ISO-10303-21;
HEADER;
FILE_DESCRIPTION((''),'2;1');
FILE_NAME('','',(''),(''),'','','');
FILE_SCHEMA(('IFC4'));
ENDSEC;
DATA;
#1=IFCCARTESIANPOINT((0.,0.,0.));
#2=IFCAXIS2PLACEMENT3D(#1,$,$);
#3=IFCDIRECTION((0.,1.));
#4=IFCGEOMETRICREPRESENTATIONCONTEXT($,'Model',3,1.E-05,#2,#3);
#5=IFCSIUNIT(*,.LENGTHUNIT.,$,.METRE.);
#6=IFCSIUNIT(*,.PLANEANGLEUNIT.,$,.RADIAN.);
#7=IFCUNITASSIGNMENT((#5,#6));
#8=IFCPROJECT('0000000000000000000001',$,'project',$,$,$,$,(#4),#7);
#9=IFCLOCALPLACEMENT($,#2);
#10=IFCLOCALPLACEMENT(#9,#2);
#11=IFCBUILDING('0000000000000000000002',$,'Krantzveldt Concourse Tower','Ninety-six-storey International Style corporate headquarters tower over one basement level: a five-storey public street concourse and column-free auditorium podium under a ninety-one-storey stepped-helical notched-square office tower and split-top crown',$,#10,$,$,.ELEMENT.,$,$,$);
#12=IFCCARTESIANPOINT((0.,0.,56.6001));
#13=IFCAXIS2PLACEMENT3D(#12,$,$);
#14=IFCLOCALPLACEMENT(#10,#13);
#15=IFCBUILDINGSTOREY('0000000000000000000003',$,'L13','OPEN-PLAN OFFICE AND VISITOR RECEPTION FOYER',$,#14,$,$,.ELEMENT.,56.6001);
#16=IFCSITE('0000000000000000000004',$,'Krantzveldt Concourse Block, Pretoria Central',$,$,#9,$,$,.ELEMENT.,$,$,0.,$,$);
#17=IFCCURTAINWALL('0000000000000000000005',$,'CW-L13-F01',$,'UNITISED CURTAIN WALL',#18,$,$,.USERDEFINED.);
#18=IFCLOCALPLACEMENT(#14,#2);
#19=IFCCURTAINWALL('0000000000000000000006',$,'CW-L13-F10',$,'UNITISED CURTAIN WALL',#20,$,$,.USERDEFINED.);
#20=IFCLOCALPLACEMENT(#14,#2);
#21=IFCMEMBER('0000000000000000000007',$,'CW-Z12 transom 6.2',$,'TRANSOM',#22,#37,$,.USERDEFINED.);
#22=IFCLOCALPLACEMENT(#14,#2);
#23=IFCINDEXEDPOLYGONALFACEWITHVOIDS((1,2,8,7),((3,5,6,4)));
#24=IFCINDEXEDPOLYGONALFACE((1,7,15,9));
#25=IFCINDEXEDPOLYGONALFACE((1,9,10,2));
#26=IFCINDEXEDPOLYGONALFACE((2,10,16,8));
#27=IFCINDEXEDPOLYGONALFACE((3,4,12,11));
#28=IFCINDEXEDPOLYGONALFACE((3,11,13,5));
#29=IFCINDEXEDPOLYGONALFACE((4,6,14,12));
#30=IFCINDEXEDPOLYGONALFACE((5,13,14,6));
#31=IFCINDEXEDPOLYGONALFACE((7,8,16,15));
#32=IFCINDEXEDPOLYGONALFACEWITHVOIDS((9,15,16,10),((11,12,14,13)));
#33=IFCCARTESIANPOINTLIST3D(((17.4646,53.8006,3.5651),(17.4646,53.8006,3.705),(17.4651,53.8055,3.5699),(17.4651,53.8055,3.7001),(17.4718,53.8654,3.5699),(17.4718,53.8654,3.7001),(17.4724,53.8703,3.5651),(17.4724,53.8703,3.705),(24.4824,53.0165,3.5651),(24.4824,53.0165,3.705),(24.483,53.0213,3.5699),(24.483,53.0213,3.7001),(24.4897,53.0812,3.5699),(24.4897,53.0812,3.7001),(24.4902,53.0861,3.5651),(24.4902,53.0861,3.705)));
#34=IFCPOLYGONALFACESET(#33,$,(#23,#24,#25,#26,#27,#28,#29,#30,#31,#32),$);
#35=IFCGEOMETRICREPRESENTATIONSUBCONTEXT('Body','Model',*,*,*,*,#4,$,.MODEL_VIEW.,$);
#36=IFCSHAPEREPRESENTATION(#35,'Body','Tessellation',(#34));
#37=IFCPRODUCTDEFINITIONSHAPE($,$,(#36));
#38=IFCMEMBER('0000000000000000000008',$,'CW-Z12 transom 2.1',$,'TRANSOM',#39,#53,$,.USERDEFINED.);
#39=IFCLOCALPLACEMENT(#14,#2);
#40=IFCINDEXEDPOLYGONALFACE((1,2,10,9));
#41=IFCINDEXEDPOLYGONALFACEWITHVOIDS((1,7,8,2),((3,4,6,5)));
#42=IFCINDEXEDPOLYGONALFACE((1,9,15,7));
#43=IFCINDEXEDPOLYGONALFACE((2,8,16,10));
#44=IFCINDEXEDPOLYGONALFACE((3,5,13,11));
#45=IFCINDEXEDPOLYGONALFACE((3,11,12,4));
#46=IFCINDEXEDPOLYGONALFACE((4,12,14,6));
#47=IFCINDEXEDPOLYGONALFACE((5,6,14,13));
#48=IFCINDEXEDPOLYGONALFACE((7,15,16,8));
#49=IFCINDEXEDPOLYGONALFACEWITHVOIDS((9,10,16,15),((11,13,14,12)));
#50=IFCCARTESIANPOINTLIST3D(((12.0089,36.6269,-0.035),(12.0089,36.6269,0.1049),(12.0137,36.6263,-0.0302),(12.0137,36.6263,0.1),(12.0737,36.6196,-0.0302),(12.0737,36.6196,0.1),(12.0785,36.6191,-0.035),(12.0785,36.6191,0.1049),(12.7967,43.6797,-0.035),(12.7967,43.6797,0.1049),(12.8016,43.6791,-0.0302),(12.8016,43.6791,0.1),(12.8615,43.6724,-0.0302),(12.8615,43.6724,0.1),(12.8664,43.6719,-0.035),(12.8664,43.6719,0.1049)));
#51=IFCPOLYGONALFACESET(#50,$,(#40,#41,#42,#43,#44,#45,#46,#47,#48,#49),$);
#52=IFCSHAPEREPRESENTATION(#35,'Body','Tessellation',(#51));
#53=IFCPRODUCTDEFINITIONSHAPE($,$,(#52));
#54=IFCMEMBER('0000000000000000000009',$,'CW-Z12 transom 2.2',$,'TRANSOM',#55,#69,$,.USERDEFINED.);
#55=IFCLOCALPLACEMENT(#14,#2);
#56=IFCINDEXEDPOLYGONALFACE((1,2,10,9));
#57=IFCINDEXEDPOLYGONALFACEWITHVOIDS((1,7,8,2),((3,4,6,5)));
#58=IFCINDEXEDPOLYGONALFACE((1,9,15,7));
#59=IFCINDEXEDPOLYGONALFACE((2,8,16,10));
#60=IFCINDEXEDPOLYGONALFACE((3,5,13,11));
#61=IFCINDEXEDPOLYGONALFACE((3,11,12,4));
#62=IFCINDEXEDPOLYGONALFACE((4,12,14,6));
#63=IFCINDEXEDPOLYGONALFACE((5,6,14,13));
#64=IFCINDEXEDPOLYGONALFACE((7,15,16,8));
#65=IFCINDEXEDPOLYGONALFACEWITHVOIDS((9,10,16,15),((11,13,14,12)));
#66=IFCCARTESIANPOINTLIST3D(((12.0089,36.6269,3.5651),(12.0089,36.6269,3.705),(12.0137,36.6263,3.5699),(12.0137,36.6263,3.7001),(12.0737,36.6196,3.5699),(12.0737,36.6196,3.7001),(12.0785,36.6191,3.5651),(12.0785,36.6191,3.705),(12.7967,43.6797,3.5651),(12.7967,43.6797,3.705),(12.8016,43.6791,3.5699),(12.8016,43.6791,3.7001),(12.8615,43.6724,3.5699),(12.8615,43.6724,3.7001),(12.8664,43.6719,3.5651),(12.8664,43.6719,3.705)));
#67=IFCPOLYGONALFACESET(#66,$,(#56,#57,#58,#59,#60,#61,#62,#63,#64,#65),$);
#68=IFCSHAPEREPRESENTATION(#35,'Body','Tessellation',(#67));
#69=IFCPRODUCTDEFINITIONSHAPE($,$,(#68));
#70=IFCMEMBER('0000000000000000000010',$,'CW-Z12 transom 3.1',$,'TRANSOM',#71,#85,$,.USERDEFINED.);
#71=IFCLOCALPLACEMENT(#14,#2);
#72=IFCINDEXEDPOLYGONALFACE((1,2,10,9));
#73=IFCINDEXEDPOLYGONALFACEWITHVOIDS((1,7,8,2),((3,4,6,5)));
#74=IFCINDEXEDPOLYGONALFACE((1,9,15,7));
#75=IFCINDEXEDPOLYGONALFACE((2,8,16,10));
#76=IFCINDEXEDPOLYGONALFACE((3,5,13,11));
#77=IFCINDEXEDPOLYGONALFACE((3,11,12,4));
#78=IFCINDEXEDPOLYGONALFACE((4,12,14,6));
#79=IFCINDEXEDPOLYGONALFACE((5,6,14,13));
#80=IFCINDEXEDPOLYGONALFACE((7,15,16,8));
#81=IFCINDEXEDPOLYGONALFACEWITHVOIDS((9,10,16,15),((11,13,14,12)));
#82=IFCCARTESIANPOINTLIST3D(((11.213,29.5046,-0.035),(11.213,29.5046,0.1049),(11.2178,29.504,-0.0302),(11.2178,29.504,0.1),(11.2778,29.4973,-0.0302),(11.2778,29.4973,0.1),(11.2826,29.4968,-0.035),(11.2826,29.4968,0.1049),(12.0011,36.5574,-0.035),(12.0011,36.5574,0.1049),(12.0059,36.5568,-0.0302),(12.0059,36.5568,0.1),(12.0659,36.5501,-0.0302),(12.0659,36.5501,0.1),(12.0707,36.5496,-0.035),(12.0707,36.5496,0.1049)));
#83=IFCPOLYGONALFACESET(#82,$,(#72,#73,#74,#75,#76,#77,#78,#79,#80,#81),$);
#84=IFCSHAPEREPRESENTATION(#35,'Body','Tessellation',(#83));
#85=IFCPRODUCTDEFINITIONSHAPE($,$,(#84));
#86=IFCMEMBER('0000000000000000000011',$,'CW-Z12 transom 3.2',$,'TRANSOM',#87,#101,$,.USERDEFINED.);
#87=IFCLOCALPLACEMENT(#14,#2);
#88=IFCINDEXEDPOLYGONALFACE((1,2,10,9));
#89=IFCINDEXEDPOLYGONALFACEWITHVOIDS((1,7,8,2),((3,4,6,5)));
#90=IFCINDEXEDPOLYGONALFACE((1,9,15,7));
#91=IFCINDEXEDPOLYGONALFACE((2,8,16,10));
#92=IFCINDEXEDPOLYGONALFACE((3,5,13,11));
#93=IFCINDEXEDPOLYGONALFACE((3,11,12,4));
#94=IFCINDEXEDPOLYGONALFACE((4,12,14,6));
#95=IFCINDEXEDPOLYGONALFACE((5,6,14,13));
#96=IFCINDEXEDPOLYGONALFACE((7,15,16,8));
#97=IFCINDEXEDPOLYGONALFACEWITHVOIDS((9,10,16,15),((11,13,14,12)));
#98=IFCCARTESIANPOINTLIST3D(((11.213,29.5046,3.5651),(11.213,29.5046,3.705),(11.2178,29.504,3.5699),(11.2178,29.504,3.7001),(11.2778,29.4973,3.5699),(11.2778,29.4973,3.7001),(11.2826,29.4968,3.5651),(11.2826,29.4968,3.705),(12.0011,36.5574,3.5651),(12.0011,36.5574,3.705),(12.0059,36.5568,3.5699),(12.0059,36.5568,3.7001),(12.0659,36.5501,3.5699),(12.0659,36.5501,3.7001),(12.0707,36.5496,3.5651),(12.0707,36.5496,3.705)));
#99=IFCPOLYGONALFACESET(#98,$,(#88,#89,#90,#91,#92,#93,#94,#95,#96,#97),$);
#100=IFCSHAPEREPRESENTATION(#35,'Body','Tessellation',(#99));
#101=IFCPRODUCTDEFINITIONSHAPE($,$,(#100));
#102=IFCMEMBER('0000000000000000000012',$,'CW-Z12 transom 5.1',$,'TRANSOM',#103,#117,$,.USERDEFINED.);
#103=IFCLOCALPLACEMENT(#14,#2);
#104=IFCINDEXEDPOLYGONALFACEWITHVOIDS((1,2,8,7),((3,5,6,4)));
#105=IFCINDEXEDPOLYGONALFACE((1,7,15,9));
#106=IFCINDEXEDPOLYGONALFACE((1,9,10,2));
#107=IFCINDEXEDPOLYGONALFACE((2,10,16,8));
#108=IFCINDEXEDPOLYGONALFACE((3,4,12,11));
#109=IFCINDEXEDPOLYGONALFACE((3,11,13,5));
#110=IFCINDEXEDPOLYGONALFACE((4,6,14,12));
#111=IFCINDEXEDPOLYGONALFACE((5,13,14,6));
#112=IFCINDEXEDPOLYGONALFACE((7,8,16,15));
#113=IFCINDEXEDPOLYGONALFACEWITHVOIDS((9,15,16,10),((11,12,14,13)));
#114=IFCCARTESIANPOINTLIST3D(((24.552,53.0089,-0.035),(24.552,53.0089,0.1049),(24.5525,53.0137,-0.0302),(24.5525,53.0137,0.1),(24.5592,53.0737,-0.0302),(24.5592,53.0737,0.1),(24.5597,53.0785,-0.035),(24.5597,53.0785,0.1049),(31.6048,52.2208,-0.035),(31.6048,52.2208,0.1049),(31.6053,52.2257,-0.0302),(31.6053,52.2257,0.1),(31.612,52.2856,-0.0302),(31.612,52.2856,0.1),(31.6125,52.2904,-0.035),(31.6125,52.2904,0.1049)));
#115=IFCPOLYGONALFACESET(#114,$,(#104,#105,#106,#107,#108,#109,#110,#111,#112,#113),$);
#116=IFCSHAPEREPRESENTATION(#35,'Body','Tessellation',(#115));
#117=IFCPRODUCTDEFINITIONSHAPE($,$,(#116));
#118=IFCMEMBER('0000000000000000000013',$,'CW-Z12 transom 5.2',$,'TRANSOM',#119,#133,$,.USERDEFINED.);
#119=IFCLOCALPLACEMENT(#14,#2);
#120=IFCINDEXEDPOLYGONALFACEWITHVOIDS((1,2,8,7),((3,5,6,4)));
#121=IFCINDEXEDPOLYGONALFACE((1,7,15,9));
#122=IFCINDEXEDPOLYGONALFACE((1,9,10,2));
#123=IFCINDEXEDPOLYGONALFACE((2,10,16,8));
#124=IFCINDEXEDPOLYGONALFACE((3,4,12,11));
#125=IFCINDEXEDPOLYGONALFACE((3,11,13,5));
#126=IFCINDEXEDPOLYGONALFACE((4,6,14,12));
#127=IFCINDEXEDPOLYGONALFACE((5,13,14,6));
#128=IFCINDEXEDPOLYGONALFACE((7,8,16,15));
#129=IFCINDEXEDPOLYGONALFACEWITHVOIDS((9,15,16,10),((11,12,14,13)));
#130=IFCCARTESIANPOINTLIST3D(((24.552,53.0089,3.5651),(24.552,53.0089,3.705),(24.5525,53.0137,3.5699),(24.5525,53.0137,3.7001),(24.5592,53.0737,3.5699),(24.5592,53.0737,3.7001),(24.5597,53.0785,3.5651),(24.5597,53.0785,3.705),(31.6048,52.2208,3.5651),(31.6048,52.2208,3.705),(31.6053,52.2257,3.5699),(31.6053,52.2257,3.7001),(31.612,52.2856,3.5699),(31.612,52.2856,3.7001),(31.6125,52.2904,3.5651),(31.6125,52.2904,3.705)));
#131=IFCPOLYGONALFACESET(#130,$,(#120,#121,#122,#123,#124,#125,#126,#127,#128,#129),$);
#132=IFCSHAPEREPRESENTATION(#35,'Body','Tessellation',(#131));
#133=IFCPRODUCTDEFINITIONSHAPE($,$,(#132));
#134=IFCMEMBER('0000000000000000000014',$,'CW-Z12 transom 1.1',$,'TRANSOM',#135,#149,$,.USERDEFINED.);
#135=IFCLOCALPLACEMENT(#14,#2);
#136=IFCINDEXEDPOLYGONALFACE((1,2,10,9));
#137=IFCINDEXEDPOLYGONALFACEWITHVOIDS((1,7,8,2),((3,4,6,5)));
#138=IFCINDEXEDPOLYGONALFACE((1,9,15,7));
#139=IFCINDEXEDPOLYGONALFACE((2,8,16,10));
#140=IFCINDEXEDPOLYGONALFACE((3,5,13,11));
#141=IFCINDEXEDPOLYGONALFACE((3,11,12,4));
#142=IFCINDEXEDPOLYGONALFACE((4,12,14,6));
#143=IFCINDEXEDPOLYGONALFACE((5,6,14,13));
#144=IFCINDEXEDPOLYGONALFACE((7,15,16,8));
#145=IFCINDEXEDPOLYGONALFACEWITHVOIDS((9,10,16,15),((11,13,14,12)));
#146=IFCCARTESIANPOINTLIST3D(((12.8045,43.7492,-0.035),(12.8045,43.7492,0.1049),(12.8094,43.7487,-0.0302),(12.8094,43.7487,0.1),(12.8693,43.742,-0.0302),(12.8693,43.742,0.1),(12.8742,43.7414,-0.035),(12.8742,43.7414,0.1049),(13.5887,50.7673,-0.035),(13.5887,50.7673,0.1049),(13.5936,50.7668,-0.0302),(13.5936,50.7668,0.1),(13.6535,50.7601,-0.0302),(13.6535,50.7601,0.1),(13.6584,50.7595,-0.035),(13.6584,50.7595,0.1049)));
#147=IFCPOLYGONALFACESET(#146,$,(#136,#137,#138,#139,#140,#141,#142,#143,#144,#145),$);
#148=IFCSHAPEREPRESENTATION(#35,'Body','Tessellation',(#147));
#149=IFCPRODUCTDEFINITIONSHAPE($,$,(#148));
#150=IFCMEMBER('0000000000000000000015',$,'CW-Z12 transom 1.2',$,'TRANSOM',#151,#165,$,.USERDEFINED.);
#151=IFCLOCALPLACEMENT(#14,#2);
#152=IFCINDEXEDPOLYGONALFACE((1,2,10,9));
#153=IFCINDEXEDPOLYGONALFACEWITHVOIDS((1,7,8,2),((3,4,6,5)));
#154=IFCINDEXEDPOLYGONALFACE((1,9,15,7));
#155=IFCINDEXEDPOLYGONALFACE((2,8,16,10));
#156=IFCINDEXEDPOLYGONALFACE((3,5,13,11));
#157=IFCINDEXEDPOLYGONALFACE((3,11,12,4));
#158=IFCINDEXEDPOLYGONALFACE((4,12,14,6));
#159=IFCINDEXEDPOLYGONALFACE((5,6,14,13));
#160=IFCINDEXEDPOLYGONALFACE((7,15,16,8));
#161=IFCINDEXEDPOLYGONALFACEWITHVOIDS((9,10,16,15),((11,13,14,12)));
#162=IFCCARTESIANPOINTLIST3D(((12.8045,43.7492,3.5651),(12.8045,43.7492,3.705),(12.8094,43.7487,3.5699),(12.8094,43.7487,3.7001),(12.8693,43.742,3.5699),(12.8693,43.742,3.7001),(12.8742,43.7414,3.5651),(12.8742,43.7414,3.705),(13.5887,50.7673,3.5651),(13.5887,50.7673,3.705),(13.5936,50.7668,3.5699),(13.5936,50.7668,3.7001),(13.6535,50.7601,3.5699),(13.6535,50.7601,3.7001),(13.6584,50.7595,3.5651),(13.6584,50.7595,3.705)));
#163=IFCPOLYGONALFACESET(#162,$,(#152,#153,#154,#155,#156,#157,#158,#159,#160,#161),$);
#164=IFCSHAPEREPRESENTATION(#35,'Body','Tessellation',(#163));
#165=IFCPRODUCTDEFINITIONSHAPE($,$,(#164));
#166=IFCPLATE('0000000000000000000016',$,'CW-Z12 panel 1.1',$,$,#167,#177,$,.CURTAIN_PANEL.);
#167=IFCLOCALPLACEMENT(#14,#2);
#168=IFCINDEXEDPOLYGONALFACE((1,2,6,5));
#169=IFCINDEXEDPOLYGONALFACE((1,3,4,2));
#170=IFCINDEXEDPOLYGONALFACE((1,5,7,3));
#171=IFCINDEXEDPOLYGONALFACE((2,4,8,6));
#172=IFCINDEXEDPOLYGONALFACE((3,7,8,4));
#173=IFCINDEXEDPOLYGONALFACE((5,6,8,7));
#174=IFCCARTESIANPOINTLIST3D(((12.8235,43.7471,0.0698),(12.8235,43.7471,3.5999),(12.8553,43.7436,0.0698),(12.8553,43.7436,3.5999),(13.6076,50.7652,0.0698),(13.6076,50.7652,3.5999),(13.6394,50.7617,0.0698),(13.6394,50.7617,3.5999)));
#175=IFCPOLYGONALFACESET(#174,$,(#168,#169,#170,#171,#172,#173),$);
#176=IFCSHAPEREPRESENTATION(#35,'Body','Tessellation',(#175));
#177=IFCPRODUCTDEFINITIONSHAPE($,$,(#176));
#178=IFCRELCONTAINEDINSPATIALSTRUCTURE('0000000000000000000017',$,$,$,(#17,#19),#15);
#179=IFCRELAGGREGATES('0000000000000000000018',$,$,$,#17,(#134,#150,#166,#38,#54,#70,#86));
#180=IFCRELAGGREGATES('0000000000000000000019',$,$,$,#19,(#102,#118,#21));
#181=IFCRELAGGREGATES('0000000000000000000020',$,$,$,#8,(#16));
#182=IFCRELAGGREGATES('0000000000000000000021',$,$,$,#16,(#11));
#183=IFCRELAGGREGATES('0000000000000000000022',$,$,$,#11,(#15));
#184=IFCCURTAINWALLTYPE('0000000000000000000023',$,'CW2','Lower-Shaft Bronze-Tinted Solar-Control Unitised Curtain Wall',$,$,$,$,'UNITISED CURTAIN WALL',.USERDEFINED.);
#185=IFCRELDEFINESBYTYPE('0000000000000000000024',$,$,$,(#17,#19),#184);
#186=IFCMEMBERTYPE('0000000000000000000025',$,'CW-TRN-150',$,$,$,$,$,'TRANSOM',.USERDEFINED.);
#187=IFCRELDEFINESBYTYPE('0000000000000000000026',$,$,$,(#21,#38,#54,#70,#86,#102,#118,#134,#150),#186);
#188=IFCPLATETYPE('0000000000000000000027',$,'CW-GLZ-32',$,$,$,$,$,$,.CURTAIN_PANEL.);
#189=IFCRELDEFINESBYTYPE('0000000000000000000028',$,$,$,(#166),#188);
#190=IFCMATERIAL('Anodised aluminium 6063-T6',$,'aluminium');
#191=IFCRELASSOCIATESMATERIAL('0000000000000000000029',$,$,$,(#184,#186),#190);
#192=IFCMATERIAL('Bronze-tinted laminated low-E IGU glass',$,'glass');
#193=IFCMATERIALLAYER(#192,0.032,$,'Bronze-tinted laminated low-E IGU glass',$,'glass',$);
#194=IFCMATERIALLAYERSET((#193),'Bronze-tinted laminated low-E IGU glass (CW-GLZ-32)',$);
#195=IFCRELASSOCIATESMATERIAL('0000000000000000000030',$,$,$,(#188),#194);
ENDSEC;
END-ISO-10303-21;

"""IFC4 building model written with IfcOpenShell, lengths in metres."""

from ifc_helpers import new_model, si_unit, direction, frame, origin, origin_2d, place, context, subcontext, project, spatial, rectangle, hollow_rectangle, extrude, source, transform, mapped, material, layer, layer_set, material_profile, profile_set, type_object, type_shapes, element, aggregate, save


model = new_model("IFC4")

# Units and contexts
model_context = context("Model", 3, precision=1e-05, world=origin(), true_north=direction((0.0, 1.0)))
body_context = subcontext(model_context, "Body", "Model", "MODEL_VIEW")
ifc_project = project(units=[si_unit("LENGTHUNIT", "METRE"), si_unit("PLANEANGLEUNIT", "RADIAN")], contexts=[model_context])

# Site, building, storey
site_placement = place(None, origin())
site = spatial("IfcSite", under=ifc_project, at=site_placement, Name="Krantzveldt Concourse Block, Pretoria Central", CompositionType="ELEMENT", RefElevation=0.0)
building_placement = place(site_placement, origin())
building = spatial("IfcBuilding", under=site, at=building_placement, Name="Krantzveldt Concourse Tower", Description="Ninety-six-storey International Style corporate headquarters tower over one basement level: a five-storey public street concourse and column-free auditorium podium under a ninety-one-storey stepped-helical notched-square office tower and split-top crown", CompositionType="ELEMENT")
storey_placement = place(building_placement, frame((0.0, 0.0, 56.6001)))
storey = spatial("IfcBuildingStorey", under=building, at=storey_placement, Name="L13", Description="OPEN-PLAN OFFICE AND VISITOR RECEPTION FOYER", CompositionType="ELEMENT", Elevation=56.6001)

# Curtain walls, member
ifc_material_1 = material(Name="Anodised aluminium 6063-T6", Category="aluminium")
curtain_wall_type = type_object("IfcCurtainWallType", Name="CW2", Description="Lower-Shaft Bronze-Tinted Solar-Control Unitised Curtain Wall", ElementType="UNITISED CURTAIN WALL", PredefinedType="USERDEFINED", material=ifc_material_1)
curtain_wall_1_placement = place(storey_placement, origin())
curtain_wall_1 = element("IfcCurtainWall", 1, at=curtain_wall_1_placement, inside=storey, type_object=curtain_wall_type, Name="CW-L13-F01", ObjectType="UNITISED CURTAIN WALL", PredefinedType="USERDEFINED")
curtain_wall_2_placement = place(storey_placement, origin())
curtain_wall_2 = element("IfcCurtainWall", 2, at=curtain_wall_2_placement, inside=storey, type_object=curtain_wall_type, Name="CW-L13-F10", ObjectType="UNITISED CURTAIN WALL", PredefinedType="USERDEFINED")
ifc_material_profile_1 = material_profile(ifc_material_1, hollow_rectangle(XDim=0.0701, YDim=0.1399, WallThickness=0.0049, at=origin_2d()), Name="Anodised aluminium 6063-T6", Category="aluminium")
ifc_profile_set_1 = profile_set([ifc_material_profile_1], Name="Anodised aluminium 6063-T6 - ALU-TRAN 140x70x5")
member_type_1 = type_object("IfcMemberType", Name="CW-TRN-150", ElementType="TRANSOM", PredefinedType="USERDEFINED", material=ifc_profile_set_1)
shared_shape_1 = source(origin(), body_context, "Body", "SweptSolid", [
    extrude(hollow_rectangle(XDim=0.0701, YDim=0.1399, WallThickness=0.0049, at=origin_2d()), origin(), (0.0, 0.0, 1.0), 7.0615),
])
member_1_placement = place(storey_placement, frame((24.4863, 53.0513, 3.635), z_axis=(-0.993815, 0.11105, 0.0), x_axis=(-0.11105, -0.993815, 0.0)))
member_1 = element("IfcMember", 3, at=member_1_placement, type_object=member_type_1, Name="CW-Z12 transom 6.2", ObjectType="TRANSOM", PredefinedType="USERDEFINED", context=body_context, shape_type="MappedRepresentation", body=[
    mapped(shared_shape_1, transform((0.0, 0.0, 0.0), x_axis=(1.0, 0.0, 0.0), y_axis=(0.0, 1.0, 0.0), z_axis=(0.0, 0.0, 1.0), scale=1.0)),
])

# Members
shared_shape_2 = source(origin(), body_context, "Body", "SweptSolid", [
    extrude(hollow_rectangle(XDim=0.0701, YDim=0.1399, WallThickness=0.0049, at=origin_2d()), origin(), (0.0, 0.0, 1.0), 7.0967),
])
member_2_placement = place(storey_placement, frame((12.8315, 43.6758, 0.0349), z_axis=(-0.111017, -0.993819, 0.0), x_axis=(0.993819, -0.111017, 0.0)))
member_2 = element("IfcMember", 4, at=member_2_placement, type_object=member_type_1, Name="CW-Z12 transom 2.1", ObjectType="TRANSOM", PredefinedType="USERDEFINED", context=body_context, shape_type="MappedRepresentation", body=[
    mapped(shared_shape_2, transform((0.0, 0.0, 0.0), x_axis=(1.0, 0.0, 0.0), y_axis=(0.0, 1.0, 0.0), z_axis=(0.0, 0.0, 1.0), scale=1.0)),
])
member_3_placement = place(storey_placement, frame((12.8315, 43.6758, 3.635), z_axis=(-0.111017, -0.993819, 0.0), x_axis=(0.993819, -0.111017, 0.0)))
member_3 = element("IfcMember", 5, at=member_3_placement, type_object=member_type_1, Name="CW-Z12 transom 2.2", ObjectType="TRANSOM", PredefinedType="USERDEFINED", context=body_context, shape_type="MappedRepresentation", body=[
    mapped(shared_shape_2, transform((0.0, 0.0, 0.0), x_axis=(1.0, 0.0, 0.0), y_axis=(0.0, 1.0, 0.0), z_axis=(0.0, 0.0, 1.0), scale=1.0)),
])
member_4_placement = place(storey_placement, frame((12.0359, 36.5535, 0.0349), z_axis=(-0.111051, -0.993815, 0.0), x_axis=(0.993815, -0.111051, 0.0)))
member_4 = element("IfcMember", 6, at=member_4_placement, type_object=member_type_1, Name="CW-Z12 transom 3.1", ObjectType="TRANSOM", PredefinedType="USERDEFINED", context=body_context, shape_type="MappedRepresentation", body=[
    mapped(shared_shape_2, transform((0.0, 0.0, 0.0), x_axis=(1.0, 0.0, 0.0), y_axis=(0.0, 1.0, 0.0), z_axis=(0.0, 0.0, 1.0), scale=1.0)),
])
member_5_placement = place(storey_placement, frame((12.0359, 36.5535, 3.635), z_axis=(-0.111051, -0.993815, 0.0), x_axis=(0.993815, -0.111051, 0.0)))
member_5 = element("IfcMember", 7, at=member_5_placement, type_object=member_type_1, Name="CW-Z12 transom 3.2", ObjectType="TRANSOM", PredefinedType="USERDEFINED", context=body_context, shape_type="MappedRepresentation", body=[
    mapped(shared_shape_2, transform((0.0, 0.0, 0.0), x_axis=(1.0, 0.0, 0.0), y_axis=(0.0, 1.0, 0.0), z_axis=(0.0, 0.0, 1.0), scale=1.0)),
])
member_6_placement = place(storey_placement, frame((31.6086, 52.2556, 0.0349), z_axis=(-0.993815, 0.111051, 0.0), x_axis=(-0.111051, -0.993815, 0.0)))
member_6 = element("IfcMember", 8, at=member_6_placement, type_object=member_type_1, Name="CW-Z12 transom 5.1", ObjectType="TRANSOM", PredefinedType="USERDEFINED", context=body_context, shape_type="MappedRepresentation", body=[
    mapped(shared_shape_2, transform((0.0, 0.0, 0.0), x_axis=(1.0, 0.0, 0.0), y_axis=(0.0, 1.0, 0.0), z_axis=(0.0, 0.0, 1.0), scale=1.0)),
])
member_7_placement = place(storey_placement, frame((31.6086, 52.2556, 3.635), z_axis=(-0.993815, 0.111051, 0.0), x_axis=(-0.111051, -0.993815, 0.0)))
member_7 = element("IfcMember", 9, at=member_7_placement, type_object=member_type_1, Name="CW-Z12 transom 5.2", ObjectType="TRANSOM", PredefinedType="USERDEFINED", context=body_context, shape_type="MappedRepresentation", body=[
    mapped(shared_shape_2, transform((0.0, 0.0, 0.0), x_axis=(1.0, 0.0, 0.0), y_axis=(0.0, 1.0, 0.0), z_axis=(0.0, 0.0, 1.0), scale=1.0)),
])
shared_shape_3 = source(origin(), body_context, "Body", "SweptSolid", [
    extrude(hollow_rectangle(XDim=0.0701, YDim=0.1399, WallThickness=0.0049, at=origin_2d()), origin(), (0.0, 0.0, 1.0), 7.0618),
])
type_shapes(member_type_1, [shared_shape_1, shared_shape_2, shared_shape_3])
member_8_placement = place(storey_placement, frame((13.6235, 50.7634, 0.0349), z_axis=(-0.111046, -0.993815, 0.0), x_axis=(0.993815, -0.111046, 0.0)))
member_8 = element("IfcMember", 10, at=member_8_placement, type_object=member_type_1, Name="CW-Z12 transom 1.1", ObjectType="TRANSOM", PredefinedType="USERDEFINED", context=body_context, shape_type="MappedRepresentation", body=[
    mapped(shared_shape_3, transform((0.0, 0.0, 0.0), x_axis=(1.0, 0.0, 0.0), y_axis=(0.0, 1.0, 0.0), z_axis=(0.0, 0.0, 1.0), scale=1.0)),
])
member_9_placement = place(storey_placement, frame((13.6235, 50.7634, 3.635), z_axis=(-0.111046, -0.993815, 0.0), x_axis=(0.993815, -0.111046, 0.0)))
member_9 = element("IfcMember", 11, at=member_9_placement, type_object=member_type_1, Name="CW-Z12 transom 1.2", ObjectType="TRANSOM", PredefinedType="USERDEFINED", context=body_context, shape_type="MappedRepresentation", body=[
    mapped(shared_shape_3, transform((0.0, 0.0, 0.0), x_axis=(1.0, 0.0, 0.0), y_axis=(0.0, 1.0, 0.0), z_axis=(0.0, 0.0, 1.0), scale=1.0)),
])

# Plate
ifc_material_2 = material(Name="Bronze-tinted laminated low-E IGU glass", Category="glass")
ifc_layer_1 = layer(ifc_material_2, 0.032, Name="Bronze-tinted laminated low-E IGU glass", Category="glass")
ifc_layer_set_1 = layer_set([ifc_layer_1], Name="Bronze-tinted laminated low-E IGU glass (CW-GLZ-32)")
plate_type = type_object("IfcPlateType", Name="CW-GLZ-32", PredefinedType="CURTAIN_PANEL", material=ifc_layer_set_1)
shared_shape_4 = source(origin(), body_context, "Body", "SweptSolid", [
    extrude(rectangle(XDim=7.0618, YDim=0.032, at=origin_2d()), origin(), (0.0, 0.0, 1.0), 3.53),
])
plate_1_placement = place(storey_placement, frame((13.2314, 47.2544, 0.0698), z_axis=(0.0, 0.0, 1.0), x_axis=(-0.111035, -0.993816, 0.0)))
plate_1 = element("IfcPlate", 12, at=plate_1_placement, type_object=plate_type, Name="CW-Z12 panel 1.1", PredefinedType="CURTAIN_PANEL", context=body_context, shape_type="MappedRepresentation", body=[
    mapped(shared_shape_4, transform((0.0, 0.0, 0.0), x_axis=(1.0, 0.0, 0.0), y_axis=(0.0, 1.0, 0.0), z_axis=(0.0, 0.0, 1.0), scale=1.0)),
])
aggregate(curtain_wall_1, [member_8, member_9, plate_1, member_2, member_3, member_4, member_5])
aggregate(curtain_wall_2, [member_6, member_7, member_1])

save(model, "model.ifc")
